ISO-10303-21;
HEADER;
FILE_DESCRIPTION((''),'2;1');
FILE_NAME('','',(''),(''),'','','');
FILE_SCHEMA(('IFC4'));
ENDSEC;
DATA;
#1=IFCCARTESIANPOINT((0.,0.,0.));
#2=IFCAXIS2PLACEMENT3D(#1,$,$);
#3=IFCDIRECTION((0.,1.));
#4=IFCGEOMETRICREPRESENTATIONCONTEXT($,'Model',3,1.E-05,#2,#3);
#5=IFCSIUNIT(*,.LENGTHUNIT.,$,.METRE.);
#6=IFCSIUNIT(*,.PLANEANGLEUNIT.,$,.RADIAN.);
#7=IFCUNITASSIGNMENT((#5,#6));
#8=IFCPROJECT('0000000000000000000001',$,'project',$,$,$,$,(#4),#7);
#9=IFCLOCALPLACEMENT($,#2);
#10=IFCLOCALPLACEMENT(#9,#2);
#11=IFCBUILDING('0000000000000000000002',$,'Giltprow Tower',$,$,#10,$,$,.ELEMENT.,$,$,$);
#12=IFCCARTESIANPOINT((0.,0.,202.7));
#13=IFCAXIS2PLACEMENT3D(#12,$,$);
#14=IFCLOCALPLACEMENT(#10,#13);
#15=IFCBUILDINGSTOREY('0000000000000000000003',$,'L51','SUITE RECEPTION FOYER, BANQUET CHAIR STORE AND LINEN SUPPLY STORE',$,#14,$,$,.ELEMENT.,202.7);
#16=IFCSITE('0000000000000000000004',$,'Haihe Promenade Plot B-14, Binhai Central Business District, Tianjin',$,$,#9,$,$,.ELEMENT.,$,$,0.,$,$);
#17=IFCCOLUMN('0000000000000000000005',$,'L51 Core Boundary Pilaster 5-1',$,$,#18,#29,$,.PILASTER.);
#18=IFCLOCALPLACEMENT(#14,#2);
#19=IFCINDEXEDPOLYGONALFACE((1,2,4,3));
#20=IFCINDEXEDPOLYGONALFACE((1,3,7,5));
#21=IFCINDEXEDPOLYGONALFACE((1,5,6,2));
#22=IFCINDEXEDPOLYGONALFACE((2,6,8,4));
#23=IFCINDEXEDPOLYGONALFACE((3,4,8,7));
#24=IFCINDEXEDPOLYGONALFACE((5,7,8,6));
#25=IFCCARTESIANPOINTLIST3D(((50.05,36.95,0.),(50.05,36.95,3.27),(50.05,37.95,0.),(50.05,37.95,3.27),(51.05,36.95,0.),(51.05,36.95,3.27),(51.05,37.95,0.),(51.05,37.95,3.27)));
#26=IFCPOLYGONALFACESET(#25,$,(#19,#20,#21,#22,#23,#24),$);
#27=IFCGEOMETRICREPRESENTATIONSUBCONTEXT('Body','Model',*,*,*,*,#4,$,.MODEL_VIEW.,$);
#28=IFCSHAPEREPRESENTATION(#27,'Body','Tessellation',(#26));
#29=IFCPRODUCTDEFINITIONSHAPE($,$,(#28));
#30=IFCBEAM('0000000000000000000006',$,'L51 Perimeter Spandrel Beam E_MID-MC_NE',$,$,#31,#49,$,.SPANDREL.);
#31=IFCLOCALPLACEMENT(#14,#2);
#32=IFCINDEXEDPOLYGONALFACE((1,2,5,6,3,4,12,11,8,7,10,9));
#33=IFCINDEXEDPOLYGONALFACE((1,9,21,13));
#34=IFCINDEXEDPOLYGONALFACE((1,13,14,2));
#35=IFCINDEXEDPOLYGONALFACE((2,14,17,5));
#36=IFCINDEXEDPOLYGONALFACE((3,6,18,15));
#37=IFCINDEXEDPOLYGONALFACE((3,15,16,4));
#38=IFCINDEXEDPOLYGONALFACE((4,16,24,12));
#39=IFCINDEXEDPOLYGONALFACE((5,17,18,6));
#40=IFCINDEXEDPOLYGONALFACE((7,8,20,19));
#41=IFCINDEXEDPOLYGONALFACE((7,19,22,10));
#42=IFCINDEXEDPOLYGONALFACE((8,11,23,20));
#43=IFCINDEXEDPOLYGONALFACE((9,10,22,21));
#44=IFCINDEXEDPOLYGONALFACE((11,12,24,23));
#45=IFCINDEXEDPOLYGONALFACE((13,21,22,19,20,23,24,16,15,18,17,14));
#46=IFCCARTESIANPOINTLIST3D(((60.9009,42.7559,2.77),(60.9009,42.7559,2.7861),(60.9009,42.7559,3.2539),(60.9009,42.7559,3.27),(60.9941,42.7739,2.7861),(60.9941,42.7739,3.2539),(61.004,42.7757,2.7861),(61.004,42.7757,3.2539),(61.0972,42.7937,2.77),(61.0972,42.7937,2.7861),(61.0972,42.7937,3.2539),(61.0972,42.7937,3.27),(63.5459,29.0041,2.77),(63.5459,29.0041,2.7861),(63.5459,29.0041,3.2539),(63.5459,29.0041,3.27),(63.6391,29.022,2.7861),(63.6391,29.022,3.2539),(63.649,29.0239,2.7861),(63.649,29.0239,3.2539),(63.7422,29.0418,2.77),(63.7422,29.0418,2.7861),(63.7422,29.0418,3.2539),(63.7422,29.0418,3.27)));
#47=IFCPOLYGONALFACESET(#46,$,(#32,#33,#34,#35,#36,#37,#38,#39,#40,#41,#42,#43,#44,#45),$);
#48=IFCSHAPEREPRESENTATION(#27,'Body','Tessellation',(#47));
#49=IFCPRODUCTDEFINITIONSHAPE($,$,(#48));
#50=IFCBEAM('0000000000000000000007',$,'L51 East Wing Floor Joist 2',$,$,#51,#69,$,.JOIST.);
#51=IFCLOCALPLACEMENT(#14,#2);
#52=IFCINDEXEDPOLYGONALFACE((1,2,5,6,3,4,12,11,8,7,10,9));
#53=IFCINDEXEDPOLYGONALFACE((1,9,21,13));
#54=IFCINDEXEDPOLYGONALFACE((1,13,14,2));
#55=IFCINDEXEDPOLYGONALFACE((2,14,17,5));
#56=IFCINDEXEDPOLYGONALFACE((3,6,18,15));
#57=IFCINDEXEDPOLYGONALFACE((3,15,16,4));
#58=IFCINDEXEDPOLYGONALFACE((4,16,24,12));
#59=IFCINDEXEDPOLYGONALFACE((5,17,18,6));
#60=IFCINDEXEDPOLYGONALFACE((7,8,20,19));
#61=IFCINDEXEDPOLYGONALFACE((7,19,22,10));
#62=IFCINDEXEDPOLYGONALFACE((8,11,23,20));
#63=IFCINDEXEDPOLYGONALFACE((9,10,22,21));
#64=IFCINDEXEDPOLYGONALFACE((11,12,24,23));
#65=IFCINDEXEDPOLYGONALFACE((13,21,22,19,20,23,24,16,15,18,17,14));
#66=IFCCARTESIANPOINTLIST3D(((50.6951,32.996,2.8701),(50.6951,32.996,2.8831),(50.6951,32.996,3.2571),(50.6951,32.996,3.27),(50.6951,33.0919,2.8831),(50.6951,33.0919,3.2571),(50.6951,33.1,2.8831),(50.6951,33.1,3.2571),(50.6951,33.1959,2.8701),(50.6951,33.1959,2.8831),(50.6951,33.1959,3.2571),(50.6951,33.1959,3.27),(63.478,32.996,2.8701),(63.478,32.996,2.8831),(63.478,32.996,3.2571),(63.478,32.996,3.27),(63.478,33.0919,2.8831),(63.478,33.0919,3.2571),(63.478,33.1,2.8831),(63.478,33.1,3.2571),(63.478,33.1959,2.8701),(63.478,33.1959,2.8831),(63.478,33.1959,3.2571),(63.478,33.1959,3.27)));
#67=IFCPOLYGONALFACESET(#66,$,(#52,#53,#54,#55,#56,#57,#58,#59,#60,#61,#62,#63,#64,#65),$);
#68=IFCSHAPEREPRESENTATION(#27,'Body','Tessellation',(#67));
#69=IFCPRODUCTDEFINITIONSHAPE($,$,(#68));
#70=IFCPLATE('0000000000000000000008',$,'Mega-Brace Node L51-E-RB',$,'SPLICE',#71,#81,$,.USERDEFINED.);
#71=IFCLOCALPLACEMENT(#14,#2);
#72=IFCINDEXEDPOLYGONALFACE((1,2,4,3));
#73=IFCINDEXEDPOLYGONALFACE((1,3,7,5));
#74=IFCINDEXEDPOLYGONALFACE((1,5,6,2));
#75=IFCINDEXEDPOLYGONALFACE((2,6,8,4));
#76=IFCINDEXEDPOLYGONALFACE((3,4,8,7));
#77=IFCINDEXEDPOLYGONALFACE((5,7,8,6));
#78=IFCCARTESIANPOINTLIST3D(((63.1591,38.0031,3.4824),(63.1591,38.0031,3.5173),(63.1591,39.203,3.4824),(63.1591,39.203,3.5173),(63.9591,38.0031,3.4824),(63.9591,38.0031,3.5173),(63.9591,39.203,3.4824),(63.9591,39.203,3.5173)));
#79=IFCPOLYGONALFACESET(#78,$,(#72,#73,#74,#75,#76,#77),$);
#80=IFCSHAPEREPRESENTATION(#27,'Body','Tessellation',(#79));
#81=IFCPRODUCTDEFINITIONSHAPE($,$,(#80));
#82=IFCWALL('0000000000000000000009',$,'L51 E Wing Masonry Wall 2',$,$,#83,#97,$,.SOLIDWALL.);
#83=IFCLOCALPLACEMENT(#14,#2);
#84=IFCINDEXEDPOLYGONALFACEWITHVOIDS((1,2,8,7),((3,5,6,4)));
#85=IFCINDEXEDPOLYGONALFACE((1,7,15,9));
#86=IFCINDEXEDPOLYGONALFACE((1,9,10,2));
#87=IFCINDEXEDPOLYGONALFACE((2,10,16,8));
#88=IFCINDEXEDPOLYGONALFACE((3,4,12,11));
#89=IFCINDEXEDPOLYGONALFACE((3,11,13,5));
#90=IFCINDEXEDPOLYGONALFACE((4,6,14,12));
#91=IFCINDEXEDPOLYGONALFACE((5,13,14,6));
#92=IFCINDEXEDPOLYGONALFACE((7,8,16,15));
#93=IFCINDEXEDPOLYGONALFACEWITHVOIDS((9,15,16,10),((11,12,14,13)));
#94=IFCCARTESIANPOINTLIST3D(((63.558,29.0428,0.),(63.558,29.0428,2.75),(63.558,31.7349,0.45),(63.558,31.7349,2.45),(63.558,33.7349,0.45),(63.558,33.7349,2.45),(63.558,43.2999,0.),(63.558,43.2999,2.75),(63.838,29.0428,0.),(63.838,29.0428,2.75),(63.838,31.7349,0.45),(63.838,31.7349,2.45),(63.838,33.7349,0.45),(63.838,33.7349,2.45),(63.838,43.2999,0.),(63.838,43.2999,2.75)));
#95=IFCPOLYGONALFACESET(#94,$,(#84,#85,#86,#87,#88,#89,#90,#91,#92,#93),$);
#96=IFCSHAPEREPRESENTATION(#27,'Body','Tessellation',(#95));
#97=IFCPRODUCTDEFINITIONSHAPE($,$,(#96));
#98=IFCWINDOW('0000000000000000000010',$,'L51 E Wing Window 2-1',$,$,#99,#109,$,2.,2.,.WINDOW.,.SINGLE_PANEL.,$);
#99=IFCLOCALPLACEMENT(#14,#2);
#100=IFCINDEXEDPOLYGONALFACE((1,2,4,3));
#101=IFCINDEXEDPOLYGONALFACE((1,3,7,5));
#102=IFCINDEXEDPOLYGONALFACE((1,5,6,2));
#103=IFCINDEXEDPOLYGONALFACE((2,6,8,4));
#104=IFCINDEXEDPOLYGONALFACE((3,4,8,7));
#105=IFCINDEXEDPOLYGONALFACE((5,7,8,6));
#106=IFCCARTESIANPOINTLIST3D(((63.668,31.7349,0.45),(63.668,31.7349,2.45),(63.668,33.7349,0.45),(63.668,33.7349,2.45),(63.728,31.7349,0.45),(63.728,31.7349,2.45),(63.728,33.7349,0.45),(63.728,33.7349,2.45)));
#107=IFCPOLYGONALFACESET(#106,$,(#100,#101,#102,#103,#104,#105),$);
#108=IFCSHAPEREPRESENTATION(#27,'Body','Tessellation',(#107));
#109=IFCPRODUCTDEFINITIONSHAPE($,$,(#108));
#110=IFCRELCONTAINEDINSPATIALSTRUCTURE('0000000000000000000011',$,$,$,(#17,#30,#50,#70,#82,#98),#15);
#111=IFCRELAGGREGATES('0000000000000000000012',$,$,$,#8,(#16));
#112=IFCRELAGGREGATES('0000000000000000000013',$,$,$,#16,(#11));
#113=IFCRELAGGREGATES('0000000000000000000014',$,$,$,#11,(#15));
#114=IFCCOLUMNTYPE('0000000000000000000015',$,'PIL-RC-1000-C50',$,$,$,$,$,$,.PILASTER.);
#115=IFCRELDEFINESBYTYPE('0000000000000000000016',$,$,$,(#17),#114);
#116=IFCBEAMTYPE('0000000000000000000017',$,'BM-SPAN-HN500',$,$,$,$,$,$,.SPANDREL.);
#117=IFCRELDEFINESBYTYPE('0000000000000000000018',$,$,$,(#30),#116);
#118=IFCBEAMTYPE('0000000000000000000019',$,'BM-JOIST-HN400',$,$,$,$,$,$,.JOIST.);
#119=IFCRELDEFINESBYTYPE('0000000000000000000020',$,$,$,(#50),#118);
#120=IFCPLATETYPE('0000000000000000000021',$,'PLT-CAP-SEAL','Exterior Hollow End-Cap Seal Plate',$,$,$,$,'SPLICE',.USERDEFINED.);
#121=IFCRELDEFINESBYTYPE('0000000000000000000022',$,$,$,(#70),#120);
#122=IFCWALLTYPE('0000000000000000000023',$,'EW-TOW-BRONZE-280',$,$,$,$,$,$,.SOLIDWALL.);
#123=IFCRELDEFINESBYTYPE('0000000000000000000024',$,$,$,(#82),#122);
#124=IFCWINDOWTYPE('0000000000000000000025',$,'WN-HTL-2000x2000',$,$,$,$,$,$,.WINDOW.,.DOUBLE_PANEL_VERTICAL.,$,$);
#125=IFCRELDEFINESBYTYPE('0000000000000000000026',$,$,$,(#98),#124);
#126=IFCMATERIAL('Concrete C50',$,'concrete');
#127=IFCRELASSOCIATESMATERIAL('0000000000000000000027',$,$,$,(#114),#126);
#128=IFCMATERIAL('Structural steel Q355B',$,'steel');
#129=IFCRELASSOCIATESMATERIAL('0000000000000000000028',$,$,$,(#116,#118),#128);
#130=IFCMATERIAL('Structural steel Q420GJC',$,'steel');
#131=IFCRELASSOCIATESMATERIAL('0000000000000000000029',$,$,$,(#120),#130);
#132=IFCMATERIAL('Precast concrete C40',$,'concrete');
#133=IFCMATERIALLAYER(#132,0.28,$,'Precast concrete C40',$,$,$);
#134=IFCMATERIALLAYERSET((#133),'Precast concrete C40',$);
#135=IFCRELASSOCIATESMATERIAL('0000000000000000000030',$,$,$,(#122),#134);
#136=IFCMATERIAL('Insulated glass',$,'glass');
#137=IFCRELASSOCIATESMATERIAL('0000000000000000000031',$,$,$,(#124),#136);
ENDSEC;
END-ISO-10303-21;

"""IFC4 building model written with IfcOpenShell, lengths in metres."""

from ifc_helpers import new_model, si_unit, direction, frame, frame_2d, origin, origin_2d, place, context, subcontext, project, spatial, rectangle, i_section, extrude, source, transform, mapped, material, layer, layer_set, material_profile, profile_set, type_object, element, fill, save


model = new_model("IFC4")

# Units and contexts
model_context = context("Model", 3, precision=1e-05, world=origin(), true_north=direction((0.0, 1.0)))
body_context = subcontext(model_context, "Body", "Model", "MODEL_VIEW")
ifc_project = project(units=[si_unit("LENGTHUNIT", "METRE"), si_unit("PLANEANGLEUNIT", "RADIAN")], contexts=[model_context])

# Site, building, storey
site_placement = place(None, origin())
site = spatial("IfcSite", under=ifc_project, at=site_placement, Name="Haihe Promenade Plot B-14, Binhai Central Business District, Tianjin", CompositionType="ELEMENT", RefElevation=0.0)
building_placement = place(site_placement, origin())
building = spatial("IfcBuilding", under=site, at=building_placement, Name="Giltprow Tower", CompositionType="ELEMENT")
storey_placement = place(building_placement, frame((0.0, 0.0, 202.7)))
storey = spatial("IfcBuildingStorey", under=building, at=storey_placement, Name="L51", Description="SUITE RECEPTION FOYER, BANQUET CHAIR STORE AND LINEN SUPPLY STORE", CompositionType="ELEMENT", Elevation=202.7)

# Column
ifc_material_1 = material(Name="Concrete C50", Category="concrete")
ifc_material_profile_1 = material_profile(ifc_material_1, rectangle(XDim=1.0, YDim=1.0, at=origin_2d()), Name="RC 1000x1000")
ifc_profile_set_1 = profile_set([ifc_material_profile_1], Name="Concrete C50")
column_type = type_object("IfcColumnType", Name="PIL-RC-1000-C50", PredefinedType="PILASTER", material=ifc_profile_set_1)
shared_shape_1 = source(origin(), body_context, "Body", "SweptSolid", [
    extrude(rectangle(XDim=1.0, YDim=1.0, at=origin_2d()), origin(), (0.0, 0.0, 1.0), 3.27),
])
column_placement = place(storey_placement, frame((50.55, 37.45, 0.0), z_axis=(0.0, 0.0, 1.0), x_axis=(1.0, 0.0, 0.0)))
element("IfcColumn", 1, at=column_placement, inside=storey, type_object=column_type, Name="L51 Core Boundary Pilaster 5-1", PredefinedType="PILASTER", context=body_context, shape_type="MappedRepresentation", body=[
    mapped(shared_shape_1, transform((0.0, 0.0, 0.0), x_axis=(1.0, 0.0, 0.0), y_axis=(0.0, 1.0, 0.0), z_axis=(0.0, 0.0, 1.0), scale=1.0)),
])

# Beams
ifc_material_2 = material(Name="Structural steel Q355B", Category="steel")
ifc_material_profile_2 = material_profile(ifc_material_2, i_section(OverallWidth=0.2, OverallDepth=0.5, WebThickness=0.01, FlangeThickness=0.0161, at=origin_2d()), Name="HN 500x200x10x16")
ifc_profile_set_2 = profile_set([ifc_material_profile_2], Name="Structural steel Q355B")
beam_type_1 = type_object("IfcBeamType", Name="BM-SPAN-HN500", PredefinedType="SPANDREL", material=ifc_profile_set_2)
shared_shape_2 = source(origin(), body_context, "Body", "SweptSolid", [
    extrude(i_section(OverallWidth=0.2, OverallDepth=0.5, WebThickness=0.01, FlangeThickness=0.0161, at=origin_2d()), origin(), (0.0, 0.0, 1.0), 14.0039),
])
beam_1_placement = place(storey_placement, frame((63.644, 29.0229, 3.02), z_axis=(-0.188876, 0.982001, 0.0), x_axis=(-0.982001, -0.188876, 0.0)))
element("IfcBeam", 2, at=beam_1_placement, inside=storey, type_object=beam_type_1, Name="L51 Perimeter Spandrel Beam E_MID-MC_NE", PredefinedType="SPANDREL", context=body_context, shape_type="MappedRepresentation", body=[
    mapped(shared_shape_2, transform((0.0, 0.0, 0.0), x_axis=(1.0, 0.0, 0.0), y_axis=(0.0, 1.0, 0.0), z_axis=(0.0, 0.0, 1.0), scale=1.0)),
])
ifc_material_profile_3 = material_profile(ifc_material_2, i_section(OverallWidth=0.2, OverallDepth=0.3999, WebThickness=0.0081, FlangeThickness=0.0129, at=origin_2d()), Name="HN 400x200x8x13")
ifc_profile_set_3 = profile_set([ifc_material_profile_3], Name="Structural steel Q355B")
beam_type_2 = type_object("IfcBeamType", Name="BM-JOIST-HN400", PredefinedType="JOIST", material=ifc_profile_set_3)
shared_shape_3 = source(origin(), body_context, "Body", "SweptSolid", [
    extrude(i_section(OverallWidth=0.2, OverallDepth=0.3999, WebThickness=0.0081, FlangeThickness=0.0129, at=origin_2d()), origin(), (0.0, 0.0, 1.0), 12.783),
])
beam_2_placement = place(storey_placement, frame((50.6951, 33.0959, 3.0701), z_axis=(1.0, 0.0, 0.0), x_axis=(0.0, 1.0, 0.0)))
element("IfcBeam", 3, at=beam_2_placement, inside=storey, type_object=beam_type_2, Name="L51 East Wing Floor Joist 2", PredefinedType="JOIST", context=body_context, shape_type="MappedRepresentation", body=[
    mapped(shared_shape_3, transform((0.0, 0.0, 0.0), x_axis=(1.0, 0.0, 0.0), y_axis=(0.0, 1.0, 0.0), z_axis=(0.0, 0.0, 1.0), scale=1.0)),
])

# Plate
ifc_material_3 = material(Name="Structural steel Q420GJC", Category="steel")
plate_type = type_object("IfcPlateType", Name="PLT-CAP-SEAL", Description="Exterior Hollow End-Cap Seal Plate", ElementType="SPLICE", PredefinedType="USERDEFINED", material=ifc_material_3)
shared_shape_4 = source(origin(), body_context, "Body", "SweptSolid", [
    extrude(rectangle(XDim=1.2, YDim=0.8, at=origin_2d()), origin(), (0.0, 0.0, 1.0), 0.0349),
])
plate_placement = place(storey_placement, frame((63.5591, 38.603, 3.4824), z_axis=(0.0, 0.0, 1.0), x_axis=(0.0, 1.0, 0.0)))
element("IfcPlate", 4, at=plate_placement, inside=storey, type_object=plate_type, Name="Mega-Brace Node L51-E-RB", ObjectType="SPLICE", PredefinedType="USERDEFINED", context=body_context, shape_type="MappedRepresentation", body=[
    mapped(shared_shape_4, transform((0.0, 0.0, 0.0), x_axis=(1.0, 0.0, 0.0), y_axis=(0.0, 1.0, 0.0), z_axis=(0.0, 0.0, 1.0), scale=1.0)),
])

# Wall, opening, window
ifc_material_4 = material(Name="Precast concrete C40", Category="concrete")
ifc_layer_1 = layer(ifc_material_4, 0.28, Name="Precast concrete C40")
ifc_layer_set_1 = layer_set([ifc_layer_1], Name="Precast concrete C40")
wall_type_1 = type_object("IfcWallType", Name="EW-TOW-BRONZE-280", PredefinedType="SOLIDWALL", material=ifc_layer_set_1)
wall_1_placement = place(storey_placement, frame((63.698, 29.043, 0.0), z_axis=(0.0, 0.0, 1.0), x_axis=(0.0, 1.0, 0.0)))
wall_1 = element("IfcWall", 5, at=wall_1_placement, inside=storey, type_object=wall_type_1, Name="L51 E Wing Masonry Wall 2", PredefinedType="SOLIDWALL", context=body_context, shape_type="SweptSolid", body=[
    extrude(rectangle(XDim=14.2571, YDim=0.28, at=frame_2d((7.1284, 0.0))), origin(), (0.0, 0.0, 1.0), 2.75),
])
opening_1_placement = place(wall_1_placement, frame((2.6919, 0.0, 0.45)))
opening_1 = element("IfcOpeningElement", 6, at=opening_1_placement, cuts=wall_1, PredefinedType="OPENING", context=body_context, shape_type="SweptSolid", body=[
    extrude(rectangle(XDim=2.0, YDim=2.0, at=frame_2d((1.0, 1.0))), frame((0.0, 0.1499, 0.0), z_axis=(0.0, -1.0, 0.0), x_axis=(1.0, 0.0, 0.0)), (0.0, 0.0, 1.0), 0.3),
])
ifc_material_5 = material(Name="Insulated glass", Category="glass")
window_type = type_object("IfcWindowType", Name="WN-HTL-2000x2000", PartitioningType="DOUBLE_PANEL_VERTICAL", PredefinedType="WINDOW", material=ifc_material_5)
shared_shape_5 = source(origin(), body_context, "Body", "SweptSolid", [
    extrude(rectangle(XDim=2.0, YDim=2.0, at=frame_2d((1.0, 1.0))), frame((0.0, 0.03, 0.0), z_axis=(0.0, -1.0, 0.0), x_axis=(1.0, 0.0, 0.0)), (0.0, 0.0, 1.0), 0.0601),
])
window_placement = place(opening_1_placement, origin())
window = element("IfcWindow", 7, at=window_placement, inside=storey, type_object=window_type, Name="L51 E Wing Window 2-1", OverallHeight=2.0, OverallWidth=2.0, PartitioningType="SINGLE_PANEL", PredefinedType="WINDOW", context=body_context, shape_type="MappedRepresentation", body=[
    mapped(shared_shape_5, transform((0.0, 0.0, 0.0), x_axis=(1.0, 0.0, 0.0), y_axis=(0.0, 1.0, 0.0), z_axis=(0.0, 0.0, 1.0), scale=1.0)),
])
fill(opening_1, window)

save(model, "model.ifc")
